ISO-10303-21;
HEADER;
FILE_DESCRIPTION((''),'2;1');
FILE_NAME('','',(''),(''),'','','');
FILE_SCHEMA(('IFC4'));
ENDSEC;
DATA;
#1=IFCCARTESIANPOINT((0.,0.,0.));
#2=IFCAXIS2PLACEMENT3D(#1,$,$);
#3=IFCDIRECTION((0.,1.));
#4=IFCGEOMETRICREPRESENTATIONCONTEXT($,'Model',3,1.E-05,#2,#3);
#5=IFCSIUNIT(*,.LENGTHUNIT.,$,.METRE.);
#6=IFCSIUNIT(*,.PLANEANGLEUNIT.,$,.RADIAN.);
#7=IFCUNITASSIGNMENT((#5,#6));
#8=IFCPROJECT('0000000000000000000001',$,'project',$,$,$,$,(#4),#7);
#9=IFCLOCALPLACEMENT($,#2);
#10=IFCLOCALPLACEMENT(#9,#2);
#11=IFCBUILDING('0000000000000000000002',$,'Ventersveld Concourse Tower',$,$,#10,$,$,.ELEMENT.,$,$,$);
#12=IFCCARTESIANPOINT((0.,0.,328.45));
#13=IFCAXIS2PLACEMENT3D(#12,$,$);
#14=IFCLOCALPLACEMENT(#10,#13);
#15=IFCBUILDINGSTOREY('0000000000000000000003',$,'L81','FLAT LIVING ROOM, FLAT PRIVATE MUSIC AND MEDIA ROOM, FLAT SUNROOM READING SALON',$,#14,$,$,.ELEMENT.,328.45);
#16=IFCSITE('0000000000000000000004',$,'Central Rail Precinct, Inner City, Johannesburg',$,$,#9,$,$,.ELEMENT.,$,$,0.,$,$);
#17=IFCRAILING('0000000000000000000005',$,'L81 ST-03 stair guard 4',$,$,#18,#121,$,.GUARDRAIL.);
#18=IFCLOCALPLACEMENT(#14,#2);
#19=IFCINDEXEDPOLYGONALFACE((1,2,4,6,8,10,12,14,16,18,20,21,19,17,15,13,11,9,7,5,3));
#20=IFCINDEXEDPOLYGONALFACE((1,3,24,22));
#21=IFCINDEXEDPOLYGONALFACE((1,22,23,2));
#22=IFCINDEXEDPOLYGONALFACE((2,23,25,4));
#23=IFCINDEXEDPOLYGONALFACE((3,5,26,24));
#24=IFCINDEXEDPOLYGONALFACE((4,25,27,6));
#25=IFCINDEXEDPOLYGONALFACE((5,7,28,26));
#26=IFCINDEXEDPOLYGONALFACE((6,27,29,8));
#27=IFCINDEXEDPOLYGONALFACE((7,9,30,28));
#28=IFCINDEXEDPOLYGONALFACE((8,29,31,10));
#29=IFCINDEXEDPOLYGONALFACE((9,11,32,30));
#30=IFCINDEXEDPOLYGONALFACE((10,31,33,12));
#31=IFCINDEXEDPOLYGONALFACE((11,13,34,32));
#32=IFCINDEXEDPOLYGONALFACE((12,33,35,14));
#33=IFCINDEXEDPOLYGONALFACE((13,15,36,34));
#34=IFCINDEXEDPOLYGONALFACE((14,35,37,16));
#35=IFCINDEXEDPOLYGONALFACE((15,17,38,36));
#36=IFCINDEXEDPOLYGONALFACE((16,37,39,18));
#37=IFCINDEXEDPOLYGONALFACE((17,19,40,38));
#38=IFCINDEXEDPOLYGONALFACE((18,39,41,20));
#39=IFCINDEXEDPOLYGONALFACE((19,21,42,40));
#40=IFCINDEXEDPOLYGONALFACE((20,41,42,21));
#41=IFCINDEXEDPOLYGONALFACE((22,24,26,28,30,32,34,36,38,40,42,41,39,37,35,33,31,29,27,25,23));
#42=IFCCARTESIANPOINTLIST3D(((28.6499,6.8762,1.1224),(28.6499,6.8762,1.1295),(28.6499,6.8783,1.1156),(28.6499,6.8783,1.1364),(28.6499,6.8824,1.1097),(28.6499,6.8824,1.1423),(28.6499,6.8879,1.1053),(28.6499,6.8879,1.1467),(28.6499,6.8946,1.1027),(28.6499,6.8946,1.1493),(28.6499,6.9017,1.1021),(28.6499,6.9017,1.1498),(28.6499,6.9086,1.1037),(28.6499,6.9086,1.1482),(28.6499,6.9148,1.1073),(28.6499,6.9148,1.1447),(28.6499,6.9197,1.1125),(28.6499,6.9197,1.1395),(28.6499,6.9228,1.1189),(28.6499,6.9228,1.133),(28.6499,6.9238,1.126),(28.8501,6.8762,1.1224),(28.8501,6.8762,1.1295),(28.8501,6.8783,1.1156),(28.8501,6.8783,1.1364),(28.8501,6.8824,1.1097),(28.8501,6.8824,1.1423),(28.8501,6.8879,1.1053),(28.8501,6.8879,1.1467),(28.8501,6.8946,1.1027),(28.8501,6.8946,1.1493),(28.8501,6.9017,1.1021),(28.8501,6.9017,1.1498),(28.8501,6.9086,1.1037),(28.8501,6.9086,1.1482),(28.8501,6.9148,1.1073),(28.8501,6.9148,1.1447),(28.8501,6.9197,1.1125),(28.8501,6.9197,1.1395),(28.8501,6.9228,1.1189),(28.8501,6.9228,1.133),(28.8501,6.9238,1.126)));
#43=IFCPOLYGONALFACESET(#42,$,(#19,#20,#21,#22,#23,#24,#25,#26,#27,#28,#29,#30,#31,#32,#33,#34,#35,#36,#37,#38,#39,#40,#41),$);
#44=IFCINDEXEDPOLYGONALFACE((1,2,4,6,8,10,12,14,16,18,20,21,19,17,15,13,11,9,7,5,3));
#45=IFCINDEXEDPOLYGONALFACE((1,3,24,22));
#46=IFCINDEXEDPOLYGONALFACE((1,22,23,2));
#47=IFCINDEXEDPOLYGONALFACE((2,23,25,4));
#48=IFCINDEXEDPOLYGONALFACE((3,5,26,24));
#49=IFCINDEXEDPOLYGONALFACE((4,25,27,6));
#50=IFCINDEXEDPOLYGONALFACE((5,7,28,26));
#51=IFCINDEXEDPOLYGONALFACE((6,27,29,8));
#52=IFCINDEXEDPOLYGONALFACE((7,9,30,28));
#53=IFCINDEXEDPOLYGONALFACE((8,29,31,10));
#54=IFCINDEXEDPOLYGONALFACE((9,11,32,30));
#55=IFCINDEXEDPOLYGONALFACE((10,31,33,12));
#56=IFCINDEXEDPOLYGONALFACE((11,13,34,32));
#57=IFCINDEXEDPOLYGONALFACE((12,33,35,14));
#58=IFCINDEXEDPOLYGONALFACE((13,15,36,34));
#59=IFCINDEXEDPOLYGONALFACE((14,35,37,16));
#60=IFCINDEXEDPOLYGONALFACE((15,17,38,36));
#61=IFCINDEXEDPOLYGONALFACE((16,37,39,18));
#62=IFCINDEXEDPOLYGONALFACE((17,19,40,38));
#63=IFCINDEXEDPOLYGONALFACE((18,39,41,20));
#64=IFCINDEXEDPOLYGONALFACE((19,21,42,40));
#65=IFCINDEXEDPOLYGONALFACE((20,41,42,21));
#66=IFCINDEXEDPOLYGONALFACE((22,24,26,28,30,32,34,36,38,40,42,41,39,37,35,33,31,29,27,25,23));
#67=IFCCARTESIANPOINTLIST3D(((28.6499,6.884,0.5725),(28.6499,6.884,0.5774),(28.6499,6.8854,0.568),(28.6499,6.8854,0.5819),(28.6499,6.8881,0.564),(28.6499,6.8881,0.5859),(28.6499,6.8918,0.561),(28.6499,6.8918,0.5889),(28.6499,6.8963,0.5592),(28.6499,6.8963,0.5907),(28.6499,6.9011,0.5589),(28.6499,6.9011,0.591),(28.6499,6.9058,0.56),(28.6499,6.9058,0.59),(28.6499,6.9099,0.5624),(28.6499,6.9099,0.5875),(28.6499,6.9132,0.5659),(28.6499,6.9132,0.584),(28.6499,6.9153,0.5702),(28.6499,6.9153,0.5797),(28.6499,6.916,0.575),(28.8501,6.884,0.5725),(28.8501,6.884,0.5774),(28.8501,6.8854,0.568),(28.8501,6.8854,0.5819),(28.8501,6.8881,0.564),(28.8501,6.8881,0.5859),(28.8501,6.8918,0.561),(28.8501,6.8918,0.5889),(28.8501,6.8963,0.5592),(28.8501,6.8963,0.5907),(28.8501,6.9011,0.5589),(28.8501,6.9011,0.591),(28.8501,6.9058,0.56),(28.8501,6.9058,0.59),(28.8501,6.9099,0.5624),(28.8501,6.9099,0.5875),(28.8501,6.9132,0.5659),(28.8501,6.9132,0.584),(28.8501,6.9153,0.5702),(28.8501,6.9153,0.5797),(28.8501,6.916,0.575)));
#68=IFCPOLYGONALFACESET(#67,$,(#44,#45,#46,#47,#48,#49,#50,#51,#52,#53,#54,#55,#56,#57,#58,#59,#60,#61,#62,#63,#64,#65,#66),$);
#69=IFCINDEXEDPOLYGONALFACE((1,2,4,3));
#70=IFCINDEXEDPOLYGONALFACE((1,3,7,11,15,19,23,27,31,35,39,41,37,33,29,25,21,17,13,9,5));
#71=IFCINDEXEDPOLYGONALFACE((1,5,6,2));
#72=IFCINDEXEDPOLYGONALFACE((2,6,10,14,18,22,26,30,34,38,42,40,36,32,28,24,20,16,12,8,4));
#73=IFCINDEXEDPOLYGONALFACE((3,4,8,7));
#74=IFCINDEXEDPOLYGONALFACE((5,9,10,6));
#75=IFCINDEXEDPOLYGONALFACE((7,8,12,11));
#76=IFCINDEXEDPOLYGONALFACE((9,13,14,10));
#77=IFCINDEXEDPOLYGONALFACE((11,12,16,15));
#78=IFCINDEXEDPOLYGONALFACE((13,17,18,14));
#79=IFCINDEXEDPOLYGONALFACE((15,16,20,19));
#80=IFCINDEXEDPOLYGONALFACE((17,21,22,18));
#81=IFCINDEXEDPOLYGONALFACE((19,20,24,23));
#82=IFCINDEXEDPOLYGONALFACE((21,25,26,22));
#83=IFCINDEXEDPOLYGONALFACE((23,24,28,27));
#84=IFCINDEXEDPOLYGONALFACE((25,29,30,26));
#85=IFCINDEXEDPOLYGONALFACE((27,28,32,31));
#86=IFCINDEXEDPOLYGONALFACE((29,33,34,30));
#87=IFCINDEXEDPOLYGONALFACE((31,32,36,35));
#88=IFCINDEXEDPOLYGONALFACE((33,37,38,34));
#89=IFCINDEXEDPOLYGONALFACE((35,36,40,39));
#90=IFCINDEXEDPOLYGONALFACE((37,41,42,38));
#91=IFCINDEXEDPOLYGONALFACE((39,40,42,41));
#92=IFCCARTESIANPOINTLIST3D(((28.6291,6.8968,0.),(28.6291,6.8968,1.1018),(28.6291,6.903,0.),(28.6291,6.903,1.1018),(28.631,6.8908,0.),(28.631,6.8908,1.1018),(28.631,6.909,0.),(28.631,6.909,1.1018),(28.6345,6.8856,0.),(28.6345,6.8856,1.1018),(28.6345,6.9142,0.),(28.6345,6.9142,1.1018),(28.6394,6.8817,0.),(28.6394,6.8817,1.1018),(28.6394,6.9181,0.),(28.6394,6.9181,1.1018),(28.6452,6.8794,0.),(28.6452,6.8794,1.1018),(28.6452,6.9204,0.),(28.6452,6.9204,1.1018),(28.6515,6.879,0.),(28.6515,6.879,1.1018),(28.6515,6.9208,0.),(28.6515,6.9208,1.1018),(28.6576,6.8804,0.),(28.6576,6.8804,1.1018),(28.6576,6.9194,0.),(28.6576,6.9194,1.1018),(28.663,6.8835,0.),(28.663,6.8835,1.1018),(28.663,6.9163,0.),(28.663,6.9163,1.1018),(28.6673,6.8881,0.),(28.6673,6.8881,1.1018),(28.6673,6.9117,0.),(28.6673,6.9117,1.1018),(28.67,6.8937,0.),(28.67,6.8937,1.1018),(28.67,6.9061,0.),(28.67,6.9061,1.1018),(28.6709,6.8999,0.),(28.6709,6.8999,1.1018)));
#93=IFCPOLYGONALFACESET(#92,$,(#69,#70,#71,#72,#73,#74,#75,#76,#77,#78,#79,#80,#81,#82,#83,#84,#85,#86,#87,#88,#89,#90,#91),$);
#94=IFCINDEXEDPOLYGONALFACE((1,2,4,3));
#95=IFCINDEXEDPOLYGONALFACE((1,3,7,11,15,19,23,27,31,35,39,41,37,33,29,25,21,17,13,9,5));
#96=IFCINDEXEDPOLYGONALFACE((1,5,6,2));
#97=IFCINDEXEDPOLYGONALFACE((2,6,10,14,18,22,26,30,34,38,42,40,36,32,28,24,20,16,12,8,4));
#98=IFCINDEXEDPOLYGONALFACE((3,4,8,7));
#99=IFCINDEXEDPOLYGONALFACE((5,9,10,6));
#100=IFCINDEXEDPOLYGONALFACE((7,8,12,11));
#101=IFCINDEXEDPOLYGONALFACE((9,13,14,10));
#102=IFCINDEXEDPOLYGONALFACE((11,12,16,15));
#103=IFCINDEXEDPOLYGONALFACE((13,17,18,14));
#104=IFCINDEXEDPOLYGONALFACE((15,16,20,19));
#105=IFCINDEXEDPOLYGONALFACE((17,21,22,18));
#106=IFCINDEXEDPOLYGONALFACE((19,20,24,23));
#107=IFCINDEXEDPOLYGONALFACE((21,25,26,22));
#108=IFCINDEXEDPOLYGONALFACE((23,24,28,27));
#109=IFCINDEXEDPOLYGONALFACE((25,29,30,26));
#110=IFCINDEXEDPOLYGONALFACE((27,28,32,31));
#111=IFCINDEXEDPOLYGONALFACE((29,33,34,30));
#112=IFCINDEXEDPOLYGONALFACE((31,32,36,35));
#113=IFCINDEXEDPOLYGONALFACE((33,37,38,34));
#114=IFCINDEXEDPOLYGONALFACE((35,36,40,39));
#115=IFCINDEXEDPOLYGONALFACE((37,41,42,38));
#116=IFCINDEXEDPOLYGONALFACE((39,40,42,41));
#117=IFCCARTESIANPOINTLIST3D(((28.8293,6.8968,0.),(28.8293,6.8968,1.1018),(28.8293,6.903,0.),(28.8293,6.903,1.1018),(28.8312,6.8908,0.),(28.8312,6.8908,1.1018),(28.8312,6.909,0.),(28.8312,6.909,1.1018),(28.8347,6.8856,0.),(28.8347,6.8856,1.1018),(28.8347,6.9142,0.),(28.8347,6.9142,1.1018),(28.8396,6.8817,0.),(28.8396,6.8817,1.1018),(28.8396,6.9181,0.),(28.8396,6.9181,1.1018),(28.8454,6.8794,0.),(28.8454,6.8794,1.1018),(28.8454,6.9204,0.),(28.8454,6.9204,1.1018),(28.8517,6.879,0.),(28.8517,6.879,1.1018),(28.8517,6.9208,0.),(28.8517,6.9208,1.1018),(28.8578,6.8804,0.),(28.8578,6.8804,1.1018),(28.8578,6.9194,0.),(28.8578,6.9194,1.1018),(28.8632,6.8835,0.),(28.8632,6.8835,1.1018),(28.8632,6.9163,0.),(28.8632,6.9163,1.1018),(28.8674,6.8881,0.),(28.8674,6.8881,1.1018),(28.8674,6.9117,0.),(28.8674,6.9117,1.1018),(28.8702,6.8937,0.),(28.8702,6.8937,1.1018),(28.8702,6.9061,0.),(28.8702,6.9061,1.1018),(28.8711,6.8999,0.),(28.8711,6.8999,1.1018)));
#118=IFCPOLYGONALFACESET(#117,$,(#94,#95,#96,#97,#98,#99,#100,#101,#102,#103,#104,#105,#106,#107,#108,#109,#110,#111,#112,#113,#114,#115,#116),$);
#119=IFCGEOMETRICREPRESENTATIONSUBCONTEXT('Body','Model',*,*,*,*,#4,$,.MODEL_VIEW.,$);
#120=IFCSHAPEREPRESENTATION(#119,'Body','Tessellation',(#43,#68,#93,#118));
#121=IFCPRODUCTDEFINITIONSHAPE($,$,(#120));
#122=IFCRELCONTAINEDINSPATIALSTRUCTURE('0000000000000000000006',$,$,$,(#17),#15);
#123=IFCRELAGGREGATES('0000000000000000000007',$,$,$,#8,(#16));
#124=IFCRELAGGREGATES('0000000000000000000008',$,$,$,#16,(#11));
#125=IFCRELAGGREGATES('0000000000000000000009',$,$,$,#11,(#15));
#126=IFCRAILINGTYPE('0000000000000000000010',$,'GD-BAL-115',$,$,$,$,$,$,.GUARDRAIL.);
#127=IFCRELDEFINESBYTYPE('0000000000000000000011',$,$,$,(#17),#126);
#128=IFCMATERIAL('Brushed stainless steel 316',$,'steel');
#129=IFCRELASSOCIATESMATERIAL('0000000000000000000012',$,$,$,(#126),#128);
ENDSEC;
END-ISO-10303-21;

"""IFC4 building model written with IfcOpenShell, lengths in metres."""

from ifc_helpers import new_model, si_unit, direction, frame, origin, origin_2d, place, context, subcontext, project, spatial, circle, extrude, material, type_object, element, save


model = new_model("IFC4")

# Units and contexts
model_context = context("Model", 3, precision=1e-05, world=origin(), true_north=direction((0.0, 1.0)))
body_context = subcontext(model_context, "Body", "Model", "MODEL_VIEW")
ifc_project = project(units=[si_unit("LENGTHUNIT", "METRE"), si_unit("PLANEANGLEUNIT", "RADIAN")], contexts=[model_context])

# Site, building, storey
site_placement = place(None, origin())
site = spatial("IfcSite", under=ifc_project, at=site_placement, Name="Central Rail Precinct, Inner City, Johannesburg", CompositionType="ELEMENT", RefElevation=0.0)
building_placement = place(site_placement, origin())
building = spatial("IfcBuilding", under=site, at=building_placement, Name="Ventersveld Concourse Tower", CompositionType="ELEMENT")
storey_placement = place(building_placement, frame((0.0, 0.0, 328.45)))
storey = spatial("IfcBuildingStorey", under=building, at=storey_placement, Name="L81", Description="FLAT LIVING ROOM, FLAT PRIVATE MUSIC AND MEDIA ROOM, FLAT SUNROOM READING SALON", CompositionType="ELEMENT", Elevation=328.45)

# Shared definitions
ifc_material_1 = material(Name="Brushed stainless steel 316", Category="steel")

# Railing
railing_type_1 = type_object("IfcRailingType", Name="GD-BAL-115", PredefinedType="GUARDRAIL", material=ifc_material_1)
railing_1_placement = place(storey_placement, frame((28.6499, 6.8999, 0.0)))
element("IfcRailing", 1, at=railing_1_placement, inside=storey, type_object=railing_type_1, Name="L81 ST-03 stair guard 4", PredefinedType="GUARDRAIL", context=body_context, shape_type="SweptSolid", body=[
    extrude(circle(Radius=0.0239, at=origin_2d()), frame((0.0, 0.0, 1.126), z_axis=(1.0, 0.0, 0.0), x_axis=(0.0, 1.0, 0.0)), (0.0, 0.0, 1.0), 0.2002),
    extrude(circle(Radius=0.0161, at=origin_2d()), frame((0.0, 0.0, 0.575), z_axis=(1.0, 0.0, 0.0), x_axis=(0.0, 1.0, 0.0)), (0.0, 0.0, 1.0), 0.2002),
    extrude(circle(Radius=0.021, at=origin_2d()), origin(), (0.0, 0.0, 1.0), 1.1018),
    extrude(circle(Radius=0.021, at=origin_2d()), frame((0.2002, 0.0, 0.0)), (0.0, 0.0, 1.0), 1.1018),
])

save(model, "model.ifc")
